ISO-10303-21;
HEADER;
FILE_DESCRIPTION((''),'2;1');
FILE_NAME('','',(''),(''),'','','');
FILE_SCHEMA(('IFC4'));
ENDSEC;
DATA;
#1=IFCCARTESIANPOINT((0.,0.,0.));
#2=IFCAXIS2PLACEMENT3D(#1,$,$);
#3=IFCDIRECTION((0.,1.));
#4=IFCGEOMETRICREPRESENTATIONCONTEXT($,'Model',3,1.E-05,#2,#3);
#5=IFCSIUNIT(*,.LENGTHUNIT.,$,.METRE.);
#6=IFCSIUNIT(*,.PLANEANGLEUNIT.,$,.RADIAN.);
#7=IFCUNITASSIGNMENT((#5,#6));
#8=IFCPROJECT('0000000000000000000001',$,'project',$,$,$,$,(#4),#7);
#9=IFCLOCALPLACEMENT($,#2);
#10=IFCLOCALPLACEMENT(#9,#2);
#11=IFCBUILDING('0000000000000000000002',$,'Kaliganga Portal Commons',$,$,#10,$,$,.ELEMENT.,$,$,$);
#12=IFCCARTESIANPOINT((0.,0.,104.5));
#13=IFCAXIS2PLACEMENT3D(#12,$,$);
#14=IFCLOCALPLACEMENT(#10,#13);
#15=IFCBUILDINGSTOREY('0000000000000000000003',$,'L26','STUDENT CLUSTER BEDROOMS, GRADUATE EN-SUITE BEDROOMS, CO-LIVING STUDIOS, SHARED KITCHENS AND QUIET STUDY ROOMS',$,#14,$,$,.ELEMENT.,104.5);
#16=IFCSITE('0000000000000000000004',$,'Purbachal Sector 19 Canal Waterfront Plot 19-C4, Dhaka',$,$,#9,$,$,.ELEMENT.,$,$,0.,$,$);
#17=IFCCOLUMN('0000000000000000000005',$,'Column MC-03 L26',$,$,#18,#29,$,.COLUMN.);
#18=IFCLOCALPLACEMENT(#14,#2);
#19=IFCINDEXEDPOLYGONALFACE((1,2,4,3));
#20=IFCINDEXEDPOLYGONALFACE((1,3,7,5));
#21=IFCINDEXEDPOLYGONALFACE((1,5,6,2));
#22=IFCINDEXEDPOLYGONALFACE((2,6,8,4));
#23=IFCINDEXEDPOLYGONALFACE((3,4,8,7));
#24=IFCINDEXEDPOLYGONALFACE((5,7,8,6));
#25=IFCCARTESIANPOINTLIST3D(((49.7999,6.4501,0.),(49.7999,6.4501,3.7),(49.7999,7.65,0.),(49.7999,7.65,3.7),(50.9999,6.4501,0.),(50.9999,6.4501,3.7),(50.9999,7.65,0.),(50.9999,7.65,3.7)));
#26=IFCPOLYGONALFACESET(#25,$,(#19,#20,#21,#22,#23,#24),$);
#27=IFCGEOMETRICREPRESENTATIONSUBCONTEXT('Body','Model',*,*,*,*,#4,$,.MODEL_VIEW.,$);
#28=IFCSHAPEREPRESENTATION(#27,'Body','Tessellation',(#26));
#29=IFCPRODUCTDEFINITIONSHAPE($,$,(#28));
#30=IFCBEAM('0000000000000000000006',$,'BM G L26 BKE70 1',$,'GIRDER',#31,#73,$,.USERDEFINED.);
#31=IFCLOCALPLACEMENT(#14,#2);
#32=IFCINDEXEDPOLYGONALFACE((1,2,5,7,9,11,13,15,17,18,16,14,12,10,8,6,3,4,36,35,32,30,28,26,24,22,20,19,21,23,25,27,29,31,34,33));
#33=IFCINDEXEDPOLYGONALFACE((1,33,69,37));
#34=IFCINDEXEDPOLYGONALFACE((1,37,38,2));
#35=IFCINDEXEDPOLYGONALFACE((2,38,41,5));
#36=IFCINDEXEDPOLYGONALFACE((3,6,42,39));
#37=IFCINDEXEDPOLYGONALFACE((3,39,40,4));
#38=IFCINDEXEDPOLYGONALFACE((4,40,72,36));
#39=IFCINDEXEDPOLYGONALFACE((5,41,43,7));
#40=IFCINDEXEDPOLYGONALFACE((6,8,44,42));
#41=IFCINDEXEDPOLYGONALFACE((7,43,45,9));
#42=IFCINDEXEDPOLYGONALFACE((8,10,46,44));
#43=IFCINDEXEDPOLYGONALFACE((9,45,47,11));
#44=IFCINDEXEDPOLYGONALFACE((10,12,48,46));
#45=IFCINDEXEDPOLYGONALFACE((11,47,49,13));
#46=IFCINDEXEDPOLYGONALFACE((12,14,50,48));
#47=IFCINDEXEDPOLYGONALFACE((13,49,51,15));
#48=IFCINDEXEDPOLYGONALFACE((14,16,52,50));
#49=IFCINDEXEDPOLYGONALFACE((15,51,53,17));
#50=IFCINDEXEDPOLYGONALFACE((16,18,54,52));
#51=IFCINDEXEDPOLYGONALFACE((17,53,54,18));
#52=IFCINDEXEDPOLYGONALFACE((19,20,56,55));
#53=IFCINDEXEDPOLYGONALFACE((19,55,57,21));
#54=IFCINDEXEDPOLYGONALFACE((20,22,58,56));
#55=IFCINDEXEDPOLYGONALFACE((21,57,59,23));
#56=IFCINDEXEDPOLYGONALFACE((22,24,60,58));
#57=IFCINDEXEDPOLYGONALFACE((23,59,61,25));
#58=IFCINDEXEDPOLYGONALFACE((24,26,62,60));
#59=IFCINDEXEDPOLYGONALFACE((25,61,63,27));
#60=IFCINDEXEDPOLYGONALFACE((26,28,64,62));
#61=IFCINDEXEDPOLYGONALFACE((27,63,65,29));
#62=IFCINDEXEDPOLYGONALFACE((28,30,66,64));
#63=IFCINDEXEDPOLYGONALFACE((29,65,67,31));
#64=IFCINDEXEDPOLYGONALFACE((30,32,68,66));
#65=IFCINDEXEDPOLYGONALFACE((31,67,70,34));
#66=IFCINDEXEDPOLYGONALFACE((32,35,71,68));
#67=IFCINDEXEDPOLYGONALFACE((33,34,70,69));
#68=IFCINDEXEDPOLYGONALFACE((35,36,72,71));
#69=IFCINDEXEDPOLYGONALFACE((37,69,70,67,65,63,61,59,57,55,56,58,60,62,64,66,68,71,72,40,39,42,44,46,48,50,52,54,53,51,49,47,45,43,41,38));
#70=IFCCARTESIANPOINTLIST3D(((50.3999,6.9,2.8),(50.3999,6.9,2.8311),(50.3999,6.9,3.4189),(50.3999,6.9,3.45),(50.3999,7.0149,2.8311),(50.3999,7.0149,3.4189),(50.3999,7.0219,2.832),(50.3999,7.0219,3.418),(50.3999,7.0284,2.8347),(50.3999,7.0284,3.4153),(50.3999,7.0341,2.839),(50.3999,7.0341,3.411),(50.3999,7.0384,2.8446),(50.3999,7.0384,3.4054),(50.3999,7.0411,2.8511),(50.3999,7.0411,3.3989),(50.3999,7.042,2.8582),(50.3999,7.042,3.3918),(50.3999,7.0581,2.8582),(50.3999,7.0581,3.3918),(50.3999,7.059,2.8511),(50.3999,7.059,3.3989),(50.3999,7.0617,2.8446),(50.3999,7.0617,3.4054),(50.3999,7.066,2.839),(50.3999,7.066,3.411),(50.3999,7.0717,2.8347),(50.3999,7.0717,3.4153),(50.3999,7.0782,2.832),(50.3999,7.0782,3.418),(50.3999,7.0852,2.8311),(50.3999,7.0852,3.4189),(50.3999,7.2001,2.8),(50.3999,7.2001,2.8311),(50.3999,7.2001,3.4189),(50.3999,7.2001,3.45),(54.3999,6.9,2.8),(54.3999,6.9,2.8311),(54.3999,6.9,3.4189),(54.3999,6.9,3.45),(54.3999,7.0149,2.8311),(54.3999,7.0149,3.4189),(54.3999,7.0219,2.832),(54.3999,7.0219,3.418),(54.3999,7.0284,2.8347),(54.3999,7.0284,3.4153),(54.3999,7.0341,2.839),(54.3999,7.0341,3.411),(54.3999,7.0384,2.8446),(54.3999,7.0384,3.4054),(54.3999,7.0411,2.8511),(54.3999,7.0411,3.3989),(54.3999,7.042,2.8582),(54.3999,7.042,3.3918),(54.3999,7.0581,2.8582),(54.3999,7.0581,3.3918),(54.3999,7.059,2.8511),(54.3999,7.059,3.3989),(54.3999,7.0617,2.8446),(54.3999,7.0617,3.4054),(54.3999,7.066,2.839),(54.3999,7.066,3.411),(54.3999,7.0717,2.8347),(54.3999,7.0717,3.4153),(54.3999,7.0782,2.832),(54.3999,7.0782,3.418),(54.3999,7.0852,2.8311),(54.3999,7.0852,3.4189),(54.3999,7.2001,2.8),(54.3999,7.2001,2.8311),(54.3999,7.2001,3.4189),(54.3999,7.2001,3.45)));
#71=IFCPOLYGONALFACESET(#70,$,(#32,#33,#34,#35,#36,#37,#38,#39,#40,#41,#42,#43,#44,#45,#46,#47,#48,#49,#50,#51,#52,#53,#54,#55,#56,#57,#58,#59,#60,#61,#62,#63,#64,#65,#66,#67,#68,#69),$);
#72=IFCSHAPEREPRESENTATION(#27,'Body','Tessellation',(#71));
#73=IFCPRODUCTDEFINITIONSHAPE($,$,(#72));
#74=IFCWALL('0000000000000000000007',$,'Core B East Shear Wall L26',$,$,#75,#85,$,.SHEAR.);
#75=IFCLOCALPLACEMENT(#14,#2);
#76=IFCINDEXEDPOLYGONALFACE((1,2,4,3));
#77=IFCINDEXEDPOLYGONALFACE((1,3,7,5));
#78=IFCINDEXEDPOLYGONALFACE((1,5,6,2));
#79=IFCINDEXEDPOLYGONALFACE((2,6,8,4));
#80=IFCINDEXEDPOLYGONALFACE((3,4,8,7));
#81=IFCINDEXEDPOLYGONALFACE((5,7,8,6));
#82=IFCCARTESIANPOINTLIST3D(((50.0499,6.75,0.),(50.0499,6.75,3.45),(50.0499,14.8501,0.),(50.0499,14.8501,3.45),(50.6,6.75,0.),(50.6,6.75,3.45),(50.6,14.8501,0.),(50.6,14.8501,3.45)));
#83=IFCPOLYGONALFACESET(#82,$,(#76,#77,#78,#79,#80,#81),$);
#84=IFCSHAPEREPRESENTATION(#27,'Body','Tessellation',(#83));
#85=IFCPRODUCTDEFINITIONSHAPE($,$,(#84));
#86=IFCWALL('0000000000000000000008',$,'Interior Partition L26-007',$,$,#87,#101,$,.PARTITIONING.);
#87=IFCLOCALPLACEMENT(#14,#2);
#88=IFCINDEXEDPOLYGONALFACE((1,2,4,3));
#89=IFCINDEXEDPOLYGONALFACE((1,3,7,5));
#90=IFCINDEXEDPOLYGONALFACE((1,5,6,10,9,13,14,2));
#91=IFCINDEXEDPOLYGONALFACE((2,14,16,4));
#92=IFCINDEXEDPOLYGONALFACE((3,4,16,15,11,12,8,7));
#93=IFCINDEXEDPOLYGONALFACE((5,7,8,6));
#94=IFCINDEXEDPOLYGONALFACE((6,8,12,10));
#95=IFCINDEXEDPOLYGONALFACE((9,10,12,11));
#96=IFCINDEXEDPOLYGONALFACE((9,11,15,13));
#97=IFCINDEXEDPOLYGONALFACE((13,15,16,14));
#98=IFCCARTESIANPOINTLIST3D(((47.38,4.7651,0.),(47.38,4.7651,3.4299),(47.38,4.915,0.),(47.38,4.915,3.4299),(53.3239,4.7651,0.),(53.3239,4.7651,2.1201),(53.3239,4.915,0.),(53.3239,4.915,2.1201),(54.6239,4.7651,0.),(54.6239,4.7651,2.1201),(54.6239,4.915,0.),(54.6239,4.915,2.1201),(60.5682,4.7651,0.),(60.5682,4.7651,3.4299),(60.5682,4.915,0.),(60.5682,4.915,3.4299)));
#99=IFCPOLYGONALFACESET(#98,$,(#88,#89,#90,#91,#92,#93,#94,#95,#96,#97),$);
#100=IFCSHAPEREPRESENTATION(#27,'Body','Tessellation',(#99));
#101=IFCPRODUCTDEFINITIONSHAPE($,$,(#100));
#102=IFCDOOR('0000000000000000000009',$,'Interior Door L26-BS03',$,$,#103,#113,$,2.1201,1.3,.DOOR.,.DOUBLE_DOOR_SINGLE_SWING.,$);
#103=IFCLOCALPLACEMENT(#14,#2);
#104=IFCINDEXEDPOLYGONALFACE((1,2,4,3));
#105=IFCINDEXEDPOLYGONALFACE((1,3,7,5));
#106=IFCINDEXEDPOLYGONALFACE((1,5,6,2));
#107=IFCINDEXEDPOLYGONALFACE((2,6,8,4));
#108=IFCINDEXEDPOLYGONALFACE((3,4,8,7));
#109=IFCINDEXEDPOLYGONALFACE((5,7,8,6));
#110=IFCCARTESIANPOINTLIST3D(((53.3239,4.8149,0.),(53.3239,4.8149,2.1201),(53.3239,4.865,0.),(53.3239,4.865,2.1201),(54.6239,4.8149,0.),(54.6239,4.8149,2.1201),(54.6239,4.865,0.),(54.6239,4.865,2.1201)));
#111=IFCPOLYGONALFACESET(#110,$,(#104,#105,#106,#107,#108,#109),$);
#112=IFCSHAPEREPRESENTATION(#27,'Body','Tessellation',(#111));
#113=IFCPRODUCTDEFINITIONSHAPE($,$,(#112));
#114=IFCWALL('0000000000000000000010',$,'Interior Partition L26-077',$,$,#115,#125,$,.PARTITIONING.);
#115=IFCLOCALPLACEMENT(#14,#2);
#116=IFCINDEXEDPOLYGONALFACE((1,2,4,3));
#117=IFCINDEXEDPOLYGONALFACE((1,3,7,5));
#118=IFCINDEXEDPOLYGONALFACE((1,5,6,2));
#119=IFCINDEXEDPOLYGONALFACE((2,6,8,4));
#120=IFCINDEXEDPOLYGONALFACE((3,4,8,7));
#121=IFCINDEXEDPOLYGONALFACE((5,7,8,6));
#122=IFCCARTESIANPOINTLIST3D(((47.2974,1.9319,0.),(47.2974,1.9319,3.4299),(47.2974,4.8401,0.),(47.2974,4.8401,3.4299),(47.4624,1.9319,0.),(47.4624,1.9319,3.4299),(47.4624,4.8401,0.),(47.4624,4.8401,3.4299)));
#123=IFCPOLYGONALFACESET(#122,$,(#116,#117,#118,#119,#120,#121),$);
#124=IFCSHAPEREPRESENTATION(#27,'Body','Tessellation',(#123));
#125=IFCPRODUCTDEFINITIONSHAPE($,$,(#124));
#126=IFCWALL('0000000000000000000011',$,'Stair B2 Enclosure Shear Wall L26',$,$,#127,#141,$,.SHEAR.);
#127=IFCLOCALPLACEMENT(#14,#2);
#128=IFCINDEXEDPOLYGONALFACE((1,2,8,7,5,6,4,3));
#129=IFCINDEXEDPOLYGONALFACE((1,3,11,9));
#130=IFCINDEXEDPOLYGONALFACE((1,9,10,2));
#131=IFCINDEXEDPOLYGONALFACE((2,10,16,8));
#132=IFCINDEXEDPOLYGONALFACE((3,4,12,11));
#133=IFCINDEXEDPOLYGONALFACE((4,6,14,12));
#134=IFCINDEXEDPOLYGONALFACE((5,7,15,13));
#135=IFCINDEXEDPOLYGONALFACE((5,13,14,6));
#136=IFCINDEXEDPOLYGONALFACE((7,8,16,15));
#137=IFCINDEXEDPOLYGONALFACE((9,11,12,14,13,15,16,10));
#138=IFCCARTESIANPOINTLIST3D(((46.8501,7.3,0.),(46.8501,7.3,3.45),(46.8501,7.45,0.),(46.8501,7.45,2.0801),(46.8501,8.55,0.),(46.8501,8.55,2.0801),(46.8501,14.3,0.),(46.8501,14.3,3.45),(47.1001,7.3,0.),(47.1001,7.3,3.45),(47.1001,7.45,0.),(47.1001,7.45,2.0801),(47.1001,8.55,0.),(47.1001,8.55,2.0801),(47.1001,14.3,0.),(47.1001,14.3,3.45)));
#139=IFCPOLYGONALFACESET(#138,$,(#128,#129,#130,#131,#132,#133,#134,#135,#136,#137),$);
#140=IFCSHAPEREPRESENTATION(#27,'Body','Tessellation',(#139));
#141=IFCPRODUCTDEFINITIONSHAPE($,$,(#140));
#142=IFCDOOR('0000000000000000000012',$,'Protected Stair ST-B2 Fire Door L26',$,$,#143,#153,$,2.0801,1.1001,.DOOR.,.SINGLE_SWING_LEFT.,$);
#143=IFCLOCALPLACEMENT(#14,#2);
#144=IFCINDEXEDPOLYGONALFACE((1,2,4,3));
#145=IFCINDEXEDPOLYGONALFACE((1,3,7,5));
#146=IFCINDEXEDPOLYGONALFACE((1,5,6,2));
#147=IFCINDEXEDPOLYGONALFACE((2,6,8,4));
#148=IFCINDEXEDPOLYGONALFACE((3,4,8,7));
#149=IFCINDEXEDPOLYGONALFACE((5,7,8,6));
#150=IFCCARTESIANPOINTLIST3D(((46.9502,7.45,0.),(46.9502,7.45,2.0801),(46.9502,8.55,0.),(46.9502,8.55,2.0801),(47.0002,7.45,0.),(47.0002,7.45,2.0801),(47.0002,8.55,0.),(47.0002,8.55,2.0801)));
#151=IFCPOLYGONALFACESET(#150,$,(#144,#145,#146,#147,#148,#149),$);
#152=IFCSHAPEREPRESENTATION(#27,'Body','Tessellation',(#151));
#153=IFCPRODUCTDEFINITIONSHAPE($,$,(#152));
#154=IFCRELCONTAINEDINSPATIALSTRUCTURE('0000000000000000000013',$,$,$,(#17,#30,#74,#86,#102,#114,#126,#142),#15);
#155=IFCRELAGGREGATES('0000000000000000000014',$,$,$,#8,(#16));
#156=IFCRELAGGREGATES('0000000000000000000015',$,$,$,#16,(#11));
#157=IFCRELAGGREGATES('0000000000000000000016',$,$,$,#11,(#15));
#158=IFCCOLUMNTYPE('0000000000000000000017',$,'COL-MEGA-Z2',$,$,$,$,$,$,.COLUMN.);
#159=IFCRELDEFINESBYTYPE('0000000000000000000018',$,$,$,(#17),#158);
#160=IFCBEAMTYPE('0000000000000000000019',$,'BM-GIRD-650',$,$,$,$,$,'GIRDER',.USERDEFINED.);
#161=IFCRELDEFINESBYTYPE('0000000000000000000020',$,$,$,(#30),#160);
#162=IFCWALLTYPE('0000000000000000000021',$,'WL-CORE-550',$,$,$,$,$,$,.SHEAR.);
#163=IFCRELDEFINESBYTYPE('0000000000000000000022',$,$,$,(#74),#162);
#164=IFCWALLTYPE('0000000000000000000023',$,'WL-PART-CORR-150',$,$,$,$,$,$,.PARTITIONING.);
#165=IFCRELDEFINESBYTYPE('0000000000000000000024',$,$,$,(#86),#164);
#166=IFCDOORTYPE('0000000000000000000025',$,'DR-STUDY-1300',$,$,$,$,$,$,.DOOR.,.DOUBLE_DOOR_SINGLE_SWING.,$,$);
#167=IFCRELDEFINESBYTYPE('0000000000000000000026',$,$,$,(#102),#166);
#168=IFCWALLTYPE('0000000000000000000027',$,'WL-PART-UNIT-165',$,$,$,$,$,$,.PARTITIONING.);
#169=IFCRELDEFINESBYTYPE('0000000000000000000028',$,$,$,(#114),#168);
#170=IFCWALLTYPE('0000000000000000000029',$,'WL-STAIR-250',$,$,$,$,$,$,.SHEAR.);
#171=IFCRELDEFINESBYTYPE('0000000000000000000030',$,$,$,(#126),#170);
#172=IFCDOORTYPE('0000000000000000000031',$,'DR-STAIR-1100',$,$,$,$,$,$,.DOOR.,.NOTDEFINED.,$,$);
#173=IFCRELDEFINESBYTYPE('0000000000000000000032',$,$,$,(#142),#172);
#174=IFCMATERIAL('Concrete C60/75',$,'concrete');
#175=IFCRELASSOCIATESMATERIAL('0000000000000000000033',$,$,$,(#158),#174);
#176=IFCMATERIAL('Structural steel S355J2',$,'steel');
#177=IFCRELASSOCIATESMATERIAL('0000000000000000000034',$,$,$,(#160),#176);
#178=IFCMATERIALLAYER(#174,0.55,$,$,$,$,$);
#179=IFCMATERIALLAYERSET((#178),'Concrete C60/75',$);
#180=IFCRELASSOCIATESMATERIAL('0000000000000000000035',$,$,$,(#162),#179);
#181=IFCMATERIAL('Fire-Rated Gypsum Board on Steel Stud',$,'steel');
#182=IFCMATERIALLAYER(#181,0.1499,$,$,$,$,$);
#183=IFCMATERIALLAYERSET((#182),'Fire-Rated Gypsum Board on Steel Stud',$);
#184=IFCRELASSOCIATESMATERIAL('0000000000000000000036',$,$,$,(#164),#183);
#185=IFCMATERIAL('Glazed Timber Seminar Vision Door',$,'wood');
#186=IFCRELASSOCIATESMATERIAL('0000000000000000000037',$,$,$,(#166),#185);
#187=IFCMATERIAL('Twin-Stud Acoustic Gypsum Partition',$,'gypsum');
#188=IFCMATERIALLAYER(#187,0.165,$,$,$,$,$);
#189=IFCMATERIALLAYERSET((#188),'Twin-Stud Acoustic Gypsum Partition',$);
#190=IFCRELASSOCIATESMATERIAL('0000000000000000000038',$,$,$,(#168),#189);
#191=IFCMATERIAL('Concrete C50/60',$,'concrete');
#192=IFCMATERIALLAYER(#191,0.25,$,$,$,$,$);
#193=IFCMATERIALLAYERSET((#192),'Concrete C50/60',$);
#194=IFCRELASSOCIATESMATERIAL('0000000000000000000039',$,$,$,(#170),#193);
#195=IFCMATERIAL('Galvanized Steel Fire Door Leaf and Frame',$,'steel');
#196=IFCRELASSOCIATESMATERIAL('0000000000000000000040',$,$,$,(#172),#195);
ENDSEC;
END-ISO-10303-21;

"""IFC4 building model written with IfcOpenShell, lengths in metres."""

from ifc_helpers import new_model, si_unit, direction, frame, frame_2d, origin, origin_2d, place, context, subcontext, project, spatial, rectangle, i_section, extrude, source, transform, mapped, material, layer, layer_set, material_profile, profile_set, type_object, element, fill, save


model = new_model("IFC4")

# Units and contexts
model_context = context("Model", 3, precision=1e-05, world=origin(), true_north=direction((0.0, 1.0)))
body_context = subcontext(model_context, "Body", "Model", "MODEL_VIEW")
ifc_project = project(units=[si_unit("LENGTHUNIT", "METRE"), si_unit("PLANEANGLEUNIT", "RADIAN")], contexts=[model_context])

# Site, building, storey
site_placement = place(None, origin())
site = spatial("IfcSite", under=ifc_project, at=site_placement, Name="Purbachal Sector 19 Canal Waterfront Plot 19-C4, Dhaka", CompositionType="ELEMENT", RefElevation=0.0)
building_placement = place(site_placement, origin())
building = spatial("IfcBuilding", under=site, at=building_placement, Name="Kaliganga Portal Commons", CompositionType="ELEMENT")
storey_placement = place(building_placement, frame((0.0, 0.0, 104.5)))
storey = spatial("IfcBuildingStorey", under=building, at=storey_placement, Name="L26", Description="STUDENT CLUSTER BEDROOMS, GRADUATE EN-SUITE BEDROOMS, CO-LIVING STUDIOS, SHARED KITCHENS AND QUIET STUDY ROOMS", CompositionType="ELEMENT", Elevation=104.5)

# Column
ifc_material_1 = material(Name="Concrete C60/75", Category="concrete")
ifc_material_profile_1 = material_profile(ifc_material_1, rectangle(XDim=1.2, YDim=1.2, at=origin_2d()), Name="RC 1200x1200")
ifc_profile_set_1 = profile_set([ifc_material_profile_1], Name="Concrete C60/75")
column_type = type_object("IfcColumnType", Name="COL-MEGA-Z2", PredefinedType="COLUMN", material=ifc_profile_set_1)
shared_shape_1 = source(origin(), body_context, "Body", "SweptSolid", [
    extrude(rectangle(XDim=1.2, YDim=1.2, at=origin_2d()), origin(), (0.0, 0.0, 1.0), 3.7),
])
column_placement = place(storey_placement, frame((50.3999, 7.05, 0.0), z_axis=(0.0, 0.0, 1.0), x_axis=(1.0, 0.0, 0.0)))
element("IfcColumn", 1, at=column_placement, inside=storey, type_object=column_type, Name="Column MC-03 L26", PredefinedType="COLUMN", context=body_context, shape_type="MappedRepresentation", body=[
    mapped(shared_shape_1, transform((0.0, 0.0, 0.0), x_axis=(1.0, 0.0, 0.0), y_axis=(0.0, 1.0, 0.0), z_axis=(0.0, 0.0, 1.0), scale=1.0)),
])

# Beam
ifc_material_2 = material(Name="Structural steel S355J2", Category="steel")
ifc_material_profile_2 = material_profile(ifc_material_2, i_section(OverallWidth=0.3, OverallDepth=0.6499, WebThickness=0.0161, FlangeThickness=0.031, FilletRadius=0.0271, at=origin_2d()), Name="HE 650 B")
ifc_profile_set_2 = profile_set([ifc_material_profile_2], Name="Structural steel S355J2 wide-flange")
beam_type = type_object("IfcBeamType", Name="BM-GIRD-650", ElementType="GIRDER", PredefinedType="USERDEFINED", material=ifc_profile_set_2)
shared_shape_2 = source(origin(), body_context, "Body", "SweptSolid", [
    extrude(i_section(OverallWidth=0.3, OverallDepth=0.6499, WebThickness=0.0161, FlangeThickness=0.031, FilletRadius=0.0271, at=origin_2d()), origin(), (0.0, 0.0, 1.0), 4.0),
])
beam_placement = place(storey_placement, frame((50.3999, 7.05, 3.125), z_axis=(1.0, 0.0, 0.0), x_axis=(0.0, 1.0, 0.0)))
element("IfcBeam", 2, at=beam_placement, inside=storey, type_object=beam_type, Name="BM G L26 BKE70 1", ObjectType="GIRDER", PredefinedType="USERDEFINED", context=body_context, shape_type="MappedRepresentation", body=[
    mapped(shared_shape_2, transform((0.0, 0.0, 0.0), x_axis=(1.0, 0.0, 0.0), y_axis=(0.0, 1.0, 0.0), z_axis=(0.0, 0.0, 1.0), scale=1.0)),
])

# Wall
ifc_layer_1 = layer(ifc_material_1, 0.55)
ifc_layer_set_1 = layer_set([ifc_layer_1], Name="Concrete C60/75")
wall_type_1 = type_object("IfcWallType", Name="WL-CORE-550", PredefinedType="SHEAR", material=ifc_layer_set_1)
wall_1_placement = place(storey_placement, frame((50.325, 6.75, 0.0), z_axis=(0.0, 0.0, 1.0), x_axis=(0.0, 1.0, 0.0)))
element("IfcWall", 3, at=wall_1_placement, inside=storey, type_object=wall_type_1, Name="Core B East Shear Wall L26", PredefinedType="SHEAR", context=body_context, shape_type="SweptSolid", body=[
    extrude(rectangle(XDim=8.1001, YDim=0.55, at=frame_2d((4.05, 0.0))), origin(), (0.0, 0.0, 1.0), 3.45),
])

# Wall, opening, door
ifc_material_3 = material(Name="Fire-Rated Gypsum Board on Steel Stud", Category="steel")
ifc_layer_2 = layer(ifc_material_3, 0.1499)
ifc_layer_set_2 = layer_set([ifc_layer_2], Name="Fire-Rated Gypsum Board on Steel Stud")
wall_type_2 = type_object("IfcWallType", Name="WL-PART-CORR-150", PredefinedType="PARTITIONING", material=ifc_layer_set_2)
wall_2_placement = place(storey_placement, frame((47.3799, 4.8401, 0.0), z_axis=(0.0, 0.0, 1.0), x_axis=(1.0, 0.0, 0.0)))
wall_2 = element("IfcWall", 4, at=wall_2_placement, inside=storey, type_object=wall_type_2, Name="Interior Partition L26-007", PredefinedType="PARTITIONING", context=body_context, shape_type="SweptSolid", body=[
    extrude(rectangle(XDim=13.1882, YDim=0.1499, at=frame_2d((6.5942, 0.0))), origin(), (0.0, 0.0, 1.0), 3.4299),
])
opening_1_placement = place(wall_2_placement, frame((5.9441, 0.0, 0.0)))
opening_1 = element("IfcOpeningElement", 5, at=opening_1_placement, cuts=wall_2, PredefinedType="OPENING", context=body_context, shape_type="SweptSolid", body=[
    extrude(rectangle(XDim=1.3, YDim=2.1201, at=frame_2d((0.6499, 1.0601))), frame((0.0, 0.085, 0.0), z_axis=(0.0, -1.0, 0.0), x_axis=(1.0, 0.0, 0.0)), (0.0, 0.0, 1.0), 0.1699),
])
ifc_material_4 = material(Name="Glazed Timber Seminar Vision Door", Category="wood")
door_type_1 = type_object("IfcDoorType", Name="DR-STUDY-1300", OperationType="DOUBLE_DOOR_SINGLE_SWING", PredefinedType="DOOR", material=ifc_material_4)
door_1_placement = place(opening_1_placement, origin())
door_1 = element("IfcDoor", 6, at=door_1_placement, inside=storey, type_object=door_type_1, Name="Interior Door L26-BS03", OperationType="DOUBLE_DOOR_SINGLE_SWING", OverallHeight=2.1201, OverallWidth=1.3, PredefinedType="DOOR", context=body_context, shape_type="SweptSolid", body=[
    extrude(rectangle(XDim=1.3, YDim=2.1201, at=frame_2d((0.6499, 1.0601))), frame((0.0, 0.0249, 0.0), z_axis=(0.0, -1.0, 0.0), x_axis=(1.0, 0.0, 0.0)), (0.0, 0.0, 1.0), 0.05),
])
fill(opening_1, door_1)

# Wall
ifc_material_5 = material(Name="Twin-Stud Acoustic Gypsum Partition", Category="gypsum")
ifc_layer_3 = layer(ifc_material_5, 0.165)
ifc_layer_set_3 = layer_set([ifc_layer_3], Name="Twin-Stud Acoustic Gypsum Partition")
wall_type_3 = type_object("IfcWallType", Name="WL-PART-UNIT-165", PredefinedType="PARTITIONING", material=ifc_layer_set_3)
wall_3_placement = place(storey_placement, frame((47.3799, 1.9319, 0.0), z_axis=(0.0, 0.0, 1.0), x_axis=(0.0, 1.0, 0.0)))
element("IfcWall", 7, at=wall_3_placement, inside=storey, type_object=wall_type_3, Name="Interior Partition L26-077", PredefinedType="PARTITIONING", context=body_context, shape_type="SweptSolid", body=[
    extrude(rectangle(XDim=2.9082, YDim=0.165, at=frame_2d((1.4541, 0.0))), origin(), (0.0, 0.0, 1.0), 3.4299),
])

# Wall, opening, door
ifc_material_6 = material(Name="Concrete C50/60", Category="concrete")
ifc_layer_4 = layer(ifc_material_6, 0.25)
ifc_layer_set_4 = layer_set([ifc_layer_4], Name="Concrete C50/60")
wall_type_4 = type_object("IfcWallType", Name="WL-STAIR-250", PredefinedType="SHEAR", material=ifc_layer_set_4)
wall_4_placement = place(storey_placement, frame((46.9751, 7.3, 0.0), z_axis=(0.0, 0.0, 1.0), x_axis=(0.0, 1.0, 0.0)))
wall_4 = element("IfcWall", 8, at=wall_4_placement, inside=storey, type_object=wall_type_4, Name="Stair B2 Enclosure Shear Wall L26", PredefinedType="SHEAR", context=body_context, shape_type="SweptSolid", body=[
    extrude(rectangle(XDim=7.0, YDim=0.25, at=frame_2d((3.5, 0.0))), origin(), (0.0, 0.0, 1.0), 3.45),
])
opening_2_placement = place(wall_4_placement, frame((0.1499, 0.0, 0.0)))
opening_2 = element("IfcOpeningElement", 9, at=opening_2_placement, cuts=wall_4, PredefinedType="OPENING", context=body_context, shape_type="SweptSolid", body=[
    extrude(rectangle(XDim=1.1001, YDim=2.0801, at=frame_2d((0.55, 1.04))), frame((0.0, 0.135, 0.0), z_axis=(0.0, -1.0, 0.0), x_axis=(1.0, 0.0, 0.0)), (0.0, 0.0, 1.0), 0.27),
])
ifc_material_7 = material(Name="Galvanized Steel Fire Door Leaf and Frame", Category="steel")
door_type_2 = type_object("IfcDoorType", Name="DR-STAIR-1100", OperationType="NOTDEFINED", PredefinedType="DOOR", material=ifc_material_7)
door_2_placement = place(opening_2_placement, origin())
door_2 = element("IfcDoor", 10, at=door_2_placement, inside=storey, type_object=door_type_2, Name="Protected Stair ST-B2 Fire Door L26", OperationType="SINGLE_SWING_LEFT", OverallHeight=2.0801, OverallWidth=1.1001, PredefinedType="DOOR", context=body_context, shape_type="SweptSolid", body=[
    extrude(rectangle(XDim=1.1001, YDim=2.0801, at=frame_2d((0.55, 1.04))), frame((0.0, 0.0249, 0.0), z_axis=(0.0, -1.0, 0.0), x_axis=(1.0, 0.0, 0.0)), (0.0, 0.0, 1.0), 0.05),
])
fill(opening_2, door_2)

save(model, "model.ifc")
